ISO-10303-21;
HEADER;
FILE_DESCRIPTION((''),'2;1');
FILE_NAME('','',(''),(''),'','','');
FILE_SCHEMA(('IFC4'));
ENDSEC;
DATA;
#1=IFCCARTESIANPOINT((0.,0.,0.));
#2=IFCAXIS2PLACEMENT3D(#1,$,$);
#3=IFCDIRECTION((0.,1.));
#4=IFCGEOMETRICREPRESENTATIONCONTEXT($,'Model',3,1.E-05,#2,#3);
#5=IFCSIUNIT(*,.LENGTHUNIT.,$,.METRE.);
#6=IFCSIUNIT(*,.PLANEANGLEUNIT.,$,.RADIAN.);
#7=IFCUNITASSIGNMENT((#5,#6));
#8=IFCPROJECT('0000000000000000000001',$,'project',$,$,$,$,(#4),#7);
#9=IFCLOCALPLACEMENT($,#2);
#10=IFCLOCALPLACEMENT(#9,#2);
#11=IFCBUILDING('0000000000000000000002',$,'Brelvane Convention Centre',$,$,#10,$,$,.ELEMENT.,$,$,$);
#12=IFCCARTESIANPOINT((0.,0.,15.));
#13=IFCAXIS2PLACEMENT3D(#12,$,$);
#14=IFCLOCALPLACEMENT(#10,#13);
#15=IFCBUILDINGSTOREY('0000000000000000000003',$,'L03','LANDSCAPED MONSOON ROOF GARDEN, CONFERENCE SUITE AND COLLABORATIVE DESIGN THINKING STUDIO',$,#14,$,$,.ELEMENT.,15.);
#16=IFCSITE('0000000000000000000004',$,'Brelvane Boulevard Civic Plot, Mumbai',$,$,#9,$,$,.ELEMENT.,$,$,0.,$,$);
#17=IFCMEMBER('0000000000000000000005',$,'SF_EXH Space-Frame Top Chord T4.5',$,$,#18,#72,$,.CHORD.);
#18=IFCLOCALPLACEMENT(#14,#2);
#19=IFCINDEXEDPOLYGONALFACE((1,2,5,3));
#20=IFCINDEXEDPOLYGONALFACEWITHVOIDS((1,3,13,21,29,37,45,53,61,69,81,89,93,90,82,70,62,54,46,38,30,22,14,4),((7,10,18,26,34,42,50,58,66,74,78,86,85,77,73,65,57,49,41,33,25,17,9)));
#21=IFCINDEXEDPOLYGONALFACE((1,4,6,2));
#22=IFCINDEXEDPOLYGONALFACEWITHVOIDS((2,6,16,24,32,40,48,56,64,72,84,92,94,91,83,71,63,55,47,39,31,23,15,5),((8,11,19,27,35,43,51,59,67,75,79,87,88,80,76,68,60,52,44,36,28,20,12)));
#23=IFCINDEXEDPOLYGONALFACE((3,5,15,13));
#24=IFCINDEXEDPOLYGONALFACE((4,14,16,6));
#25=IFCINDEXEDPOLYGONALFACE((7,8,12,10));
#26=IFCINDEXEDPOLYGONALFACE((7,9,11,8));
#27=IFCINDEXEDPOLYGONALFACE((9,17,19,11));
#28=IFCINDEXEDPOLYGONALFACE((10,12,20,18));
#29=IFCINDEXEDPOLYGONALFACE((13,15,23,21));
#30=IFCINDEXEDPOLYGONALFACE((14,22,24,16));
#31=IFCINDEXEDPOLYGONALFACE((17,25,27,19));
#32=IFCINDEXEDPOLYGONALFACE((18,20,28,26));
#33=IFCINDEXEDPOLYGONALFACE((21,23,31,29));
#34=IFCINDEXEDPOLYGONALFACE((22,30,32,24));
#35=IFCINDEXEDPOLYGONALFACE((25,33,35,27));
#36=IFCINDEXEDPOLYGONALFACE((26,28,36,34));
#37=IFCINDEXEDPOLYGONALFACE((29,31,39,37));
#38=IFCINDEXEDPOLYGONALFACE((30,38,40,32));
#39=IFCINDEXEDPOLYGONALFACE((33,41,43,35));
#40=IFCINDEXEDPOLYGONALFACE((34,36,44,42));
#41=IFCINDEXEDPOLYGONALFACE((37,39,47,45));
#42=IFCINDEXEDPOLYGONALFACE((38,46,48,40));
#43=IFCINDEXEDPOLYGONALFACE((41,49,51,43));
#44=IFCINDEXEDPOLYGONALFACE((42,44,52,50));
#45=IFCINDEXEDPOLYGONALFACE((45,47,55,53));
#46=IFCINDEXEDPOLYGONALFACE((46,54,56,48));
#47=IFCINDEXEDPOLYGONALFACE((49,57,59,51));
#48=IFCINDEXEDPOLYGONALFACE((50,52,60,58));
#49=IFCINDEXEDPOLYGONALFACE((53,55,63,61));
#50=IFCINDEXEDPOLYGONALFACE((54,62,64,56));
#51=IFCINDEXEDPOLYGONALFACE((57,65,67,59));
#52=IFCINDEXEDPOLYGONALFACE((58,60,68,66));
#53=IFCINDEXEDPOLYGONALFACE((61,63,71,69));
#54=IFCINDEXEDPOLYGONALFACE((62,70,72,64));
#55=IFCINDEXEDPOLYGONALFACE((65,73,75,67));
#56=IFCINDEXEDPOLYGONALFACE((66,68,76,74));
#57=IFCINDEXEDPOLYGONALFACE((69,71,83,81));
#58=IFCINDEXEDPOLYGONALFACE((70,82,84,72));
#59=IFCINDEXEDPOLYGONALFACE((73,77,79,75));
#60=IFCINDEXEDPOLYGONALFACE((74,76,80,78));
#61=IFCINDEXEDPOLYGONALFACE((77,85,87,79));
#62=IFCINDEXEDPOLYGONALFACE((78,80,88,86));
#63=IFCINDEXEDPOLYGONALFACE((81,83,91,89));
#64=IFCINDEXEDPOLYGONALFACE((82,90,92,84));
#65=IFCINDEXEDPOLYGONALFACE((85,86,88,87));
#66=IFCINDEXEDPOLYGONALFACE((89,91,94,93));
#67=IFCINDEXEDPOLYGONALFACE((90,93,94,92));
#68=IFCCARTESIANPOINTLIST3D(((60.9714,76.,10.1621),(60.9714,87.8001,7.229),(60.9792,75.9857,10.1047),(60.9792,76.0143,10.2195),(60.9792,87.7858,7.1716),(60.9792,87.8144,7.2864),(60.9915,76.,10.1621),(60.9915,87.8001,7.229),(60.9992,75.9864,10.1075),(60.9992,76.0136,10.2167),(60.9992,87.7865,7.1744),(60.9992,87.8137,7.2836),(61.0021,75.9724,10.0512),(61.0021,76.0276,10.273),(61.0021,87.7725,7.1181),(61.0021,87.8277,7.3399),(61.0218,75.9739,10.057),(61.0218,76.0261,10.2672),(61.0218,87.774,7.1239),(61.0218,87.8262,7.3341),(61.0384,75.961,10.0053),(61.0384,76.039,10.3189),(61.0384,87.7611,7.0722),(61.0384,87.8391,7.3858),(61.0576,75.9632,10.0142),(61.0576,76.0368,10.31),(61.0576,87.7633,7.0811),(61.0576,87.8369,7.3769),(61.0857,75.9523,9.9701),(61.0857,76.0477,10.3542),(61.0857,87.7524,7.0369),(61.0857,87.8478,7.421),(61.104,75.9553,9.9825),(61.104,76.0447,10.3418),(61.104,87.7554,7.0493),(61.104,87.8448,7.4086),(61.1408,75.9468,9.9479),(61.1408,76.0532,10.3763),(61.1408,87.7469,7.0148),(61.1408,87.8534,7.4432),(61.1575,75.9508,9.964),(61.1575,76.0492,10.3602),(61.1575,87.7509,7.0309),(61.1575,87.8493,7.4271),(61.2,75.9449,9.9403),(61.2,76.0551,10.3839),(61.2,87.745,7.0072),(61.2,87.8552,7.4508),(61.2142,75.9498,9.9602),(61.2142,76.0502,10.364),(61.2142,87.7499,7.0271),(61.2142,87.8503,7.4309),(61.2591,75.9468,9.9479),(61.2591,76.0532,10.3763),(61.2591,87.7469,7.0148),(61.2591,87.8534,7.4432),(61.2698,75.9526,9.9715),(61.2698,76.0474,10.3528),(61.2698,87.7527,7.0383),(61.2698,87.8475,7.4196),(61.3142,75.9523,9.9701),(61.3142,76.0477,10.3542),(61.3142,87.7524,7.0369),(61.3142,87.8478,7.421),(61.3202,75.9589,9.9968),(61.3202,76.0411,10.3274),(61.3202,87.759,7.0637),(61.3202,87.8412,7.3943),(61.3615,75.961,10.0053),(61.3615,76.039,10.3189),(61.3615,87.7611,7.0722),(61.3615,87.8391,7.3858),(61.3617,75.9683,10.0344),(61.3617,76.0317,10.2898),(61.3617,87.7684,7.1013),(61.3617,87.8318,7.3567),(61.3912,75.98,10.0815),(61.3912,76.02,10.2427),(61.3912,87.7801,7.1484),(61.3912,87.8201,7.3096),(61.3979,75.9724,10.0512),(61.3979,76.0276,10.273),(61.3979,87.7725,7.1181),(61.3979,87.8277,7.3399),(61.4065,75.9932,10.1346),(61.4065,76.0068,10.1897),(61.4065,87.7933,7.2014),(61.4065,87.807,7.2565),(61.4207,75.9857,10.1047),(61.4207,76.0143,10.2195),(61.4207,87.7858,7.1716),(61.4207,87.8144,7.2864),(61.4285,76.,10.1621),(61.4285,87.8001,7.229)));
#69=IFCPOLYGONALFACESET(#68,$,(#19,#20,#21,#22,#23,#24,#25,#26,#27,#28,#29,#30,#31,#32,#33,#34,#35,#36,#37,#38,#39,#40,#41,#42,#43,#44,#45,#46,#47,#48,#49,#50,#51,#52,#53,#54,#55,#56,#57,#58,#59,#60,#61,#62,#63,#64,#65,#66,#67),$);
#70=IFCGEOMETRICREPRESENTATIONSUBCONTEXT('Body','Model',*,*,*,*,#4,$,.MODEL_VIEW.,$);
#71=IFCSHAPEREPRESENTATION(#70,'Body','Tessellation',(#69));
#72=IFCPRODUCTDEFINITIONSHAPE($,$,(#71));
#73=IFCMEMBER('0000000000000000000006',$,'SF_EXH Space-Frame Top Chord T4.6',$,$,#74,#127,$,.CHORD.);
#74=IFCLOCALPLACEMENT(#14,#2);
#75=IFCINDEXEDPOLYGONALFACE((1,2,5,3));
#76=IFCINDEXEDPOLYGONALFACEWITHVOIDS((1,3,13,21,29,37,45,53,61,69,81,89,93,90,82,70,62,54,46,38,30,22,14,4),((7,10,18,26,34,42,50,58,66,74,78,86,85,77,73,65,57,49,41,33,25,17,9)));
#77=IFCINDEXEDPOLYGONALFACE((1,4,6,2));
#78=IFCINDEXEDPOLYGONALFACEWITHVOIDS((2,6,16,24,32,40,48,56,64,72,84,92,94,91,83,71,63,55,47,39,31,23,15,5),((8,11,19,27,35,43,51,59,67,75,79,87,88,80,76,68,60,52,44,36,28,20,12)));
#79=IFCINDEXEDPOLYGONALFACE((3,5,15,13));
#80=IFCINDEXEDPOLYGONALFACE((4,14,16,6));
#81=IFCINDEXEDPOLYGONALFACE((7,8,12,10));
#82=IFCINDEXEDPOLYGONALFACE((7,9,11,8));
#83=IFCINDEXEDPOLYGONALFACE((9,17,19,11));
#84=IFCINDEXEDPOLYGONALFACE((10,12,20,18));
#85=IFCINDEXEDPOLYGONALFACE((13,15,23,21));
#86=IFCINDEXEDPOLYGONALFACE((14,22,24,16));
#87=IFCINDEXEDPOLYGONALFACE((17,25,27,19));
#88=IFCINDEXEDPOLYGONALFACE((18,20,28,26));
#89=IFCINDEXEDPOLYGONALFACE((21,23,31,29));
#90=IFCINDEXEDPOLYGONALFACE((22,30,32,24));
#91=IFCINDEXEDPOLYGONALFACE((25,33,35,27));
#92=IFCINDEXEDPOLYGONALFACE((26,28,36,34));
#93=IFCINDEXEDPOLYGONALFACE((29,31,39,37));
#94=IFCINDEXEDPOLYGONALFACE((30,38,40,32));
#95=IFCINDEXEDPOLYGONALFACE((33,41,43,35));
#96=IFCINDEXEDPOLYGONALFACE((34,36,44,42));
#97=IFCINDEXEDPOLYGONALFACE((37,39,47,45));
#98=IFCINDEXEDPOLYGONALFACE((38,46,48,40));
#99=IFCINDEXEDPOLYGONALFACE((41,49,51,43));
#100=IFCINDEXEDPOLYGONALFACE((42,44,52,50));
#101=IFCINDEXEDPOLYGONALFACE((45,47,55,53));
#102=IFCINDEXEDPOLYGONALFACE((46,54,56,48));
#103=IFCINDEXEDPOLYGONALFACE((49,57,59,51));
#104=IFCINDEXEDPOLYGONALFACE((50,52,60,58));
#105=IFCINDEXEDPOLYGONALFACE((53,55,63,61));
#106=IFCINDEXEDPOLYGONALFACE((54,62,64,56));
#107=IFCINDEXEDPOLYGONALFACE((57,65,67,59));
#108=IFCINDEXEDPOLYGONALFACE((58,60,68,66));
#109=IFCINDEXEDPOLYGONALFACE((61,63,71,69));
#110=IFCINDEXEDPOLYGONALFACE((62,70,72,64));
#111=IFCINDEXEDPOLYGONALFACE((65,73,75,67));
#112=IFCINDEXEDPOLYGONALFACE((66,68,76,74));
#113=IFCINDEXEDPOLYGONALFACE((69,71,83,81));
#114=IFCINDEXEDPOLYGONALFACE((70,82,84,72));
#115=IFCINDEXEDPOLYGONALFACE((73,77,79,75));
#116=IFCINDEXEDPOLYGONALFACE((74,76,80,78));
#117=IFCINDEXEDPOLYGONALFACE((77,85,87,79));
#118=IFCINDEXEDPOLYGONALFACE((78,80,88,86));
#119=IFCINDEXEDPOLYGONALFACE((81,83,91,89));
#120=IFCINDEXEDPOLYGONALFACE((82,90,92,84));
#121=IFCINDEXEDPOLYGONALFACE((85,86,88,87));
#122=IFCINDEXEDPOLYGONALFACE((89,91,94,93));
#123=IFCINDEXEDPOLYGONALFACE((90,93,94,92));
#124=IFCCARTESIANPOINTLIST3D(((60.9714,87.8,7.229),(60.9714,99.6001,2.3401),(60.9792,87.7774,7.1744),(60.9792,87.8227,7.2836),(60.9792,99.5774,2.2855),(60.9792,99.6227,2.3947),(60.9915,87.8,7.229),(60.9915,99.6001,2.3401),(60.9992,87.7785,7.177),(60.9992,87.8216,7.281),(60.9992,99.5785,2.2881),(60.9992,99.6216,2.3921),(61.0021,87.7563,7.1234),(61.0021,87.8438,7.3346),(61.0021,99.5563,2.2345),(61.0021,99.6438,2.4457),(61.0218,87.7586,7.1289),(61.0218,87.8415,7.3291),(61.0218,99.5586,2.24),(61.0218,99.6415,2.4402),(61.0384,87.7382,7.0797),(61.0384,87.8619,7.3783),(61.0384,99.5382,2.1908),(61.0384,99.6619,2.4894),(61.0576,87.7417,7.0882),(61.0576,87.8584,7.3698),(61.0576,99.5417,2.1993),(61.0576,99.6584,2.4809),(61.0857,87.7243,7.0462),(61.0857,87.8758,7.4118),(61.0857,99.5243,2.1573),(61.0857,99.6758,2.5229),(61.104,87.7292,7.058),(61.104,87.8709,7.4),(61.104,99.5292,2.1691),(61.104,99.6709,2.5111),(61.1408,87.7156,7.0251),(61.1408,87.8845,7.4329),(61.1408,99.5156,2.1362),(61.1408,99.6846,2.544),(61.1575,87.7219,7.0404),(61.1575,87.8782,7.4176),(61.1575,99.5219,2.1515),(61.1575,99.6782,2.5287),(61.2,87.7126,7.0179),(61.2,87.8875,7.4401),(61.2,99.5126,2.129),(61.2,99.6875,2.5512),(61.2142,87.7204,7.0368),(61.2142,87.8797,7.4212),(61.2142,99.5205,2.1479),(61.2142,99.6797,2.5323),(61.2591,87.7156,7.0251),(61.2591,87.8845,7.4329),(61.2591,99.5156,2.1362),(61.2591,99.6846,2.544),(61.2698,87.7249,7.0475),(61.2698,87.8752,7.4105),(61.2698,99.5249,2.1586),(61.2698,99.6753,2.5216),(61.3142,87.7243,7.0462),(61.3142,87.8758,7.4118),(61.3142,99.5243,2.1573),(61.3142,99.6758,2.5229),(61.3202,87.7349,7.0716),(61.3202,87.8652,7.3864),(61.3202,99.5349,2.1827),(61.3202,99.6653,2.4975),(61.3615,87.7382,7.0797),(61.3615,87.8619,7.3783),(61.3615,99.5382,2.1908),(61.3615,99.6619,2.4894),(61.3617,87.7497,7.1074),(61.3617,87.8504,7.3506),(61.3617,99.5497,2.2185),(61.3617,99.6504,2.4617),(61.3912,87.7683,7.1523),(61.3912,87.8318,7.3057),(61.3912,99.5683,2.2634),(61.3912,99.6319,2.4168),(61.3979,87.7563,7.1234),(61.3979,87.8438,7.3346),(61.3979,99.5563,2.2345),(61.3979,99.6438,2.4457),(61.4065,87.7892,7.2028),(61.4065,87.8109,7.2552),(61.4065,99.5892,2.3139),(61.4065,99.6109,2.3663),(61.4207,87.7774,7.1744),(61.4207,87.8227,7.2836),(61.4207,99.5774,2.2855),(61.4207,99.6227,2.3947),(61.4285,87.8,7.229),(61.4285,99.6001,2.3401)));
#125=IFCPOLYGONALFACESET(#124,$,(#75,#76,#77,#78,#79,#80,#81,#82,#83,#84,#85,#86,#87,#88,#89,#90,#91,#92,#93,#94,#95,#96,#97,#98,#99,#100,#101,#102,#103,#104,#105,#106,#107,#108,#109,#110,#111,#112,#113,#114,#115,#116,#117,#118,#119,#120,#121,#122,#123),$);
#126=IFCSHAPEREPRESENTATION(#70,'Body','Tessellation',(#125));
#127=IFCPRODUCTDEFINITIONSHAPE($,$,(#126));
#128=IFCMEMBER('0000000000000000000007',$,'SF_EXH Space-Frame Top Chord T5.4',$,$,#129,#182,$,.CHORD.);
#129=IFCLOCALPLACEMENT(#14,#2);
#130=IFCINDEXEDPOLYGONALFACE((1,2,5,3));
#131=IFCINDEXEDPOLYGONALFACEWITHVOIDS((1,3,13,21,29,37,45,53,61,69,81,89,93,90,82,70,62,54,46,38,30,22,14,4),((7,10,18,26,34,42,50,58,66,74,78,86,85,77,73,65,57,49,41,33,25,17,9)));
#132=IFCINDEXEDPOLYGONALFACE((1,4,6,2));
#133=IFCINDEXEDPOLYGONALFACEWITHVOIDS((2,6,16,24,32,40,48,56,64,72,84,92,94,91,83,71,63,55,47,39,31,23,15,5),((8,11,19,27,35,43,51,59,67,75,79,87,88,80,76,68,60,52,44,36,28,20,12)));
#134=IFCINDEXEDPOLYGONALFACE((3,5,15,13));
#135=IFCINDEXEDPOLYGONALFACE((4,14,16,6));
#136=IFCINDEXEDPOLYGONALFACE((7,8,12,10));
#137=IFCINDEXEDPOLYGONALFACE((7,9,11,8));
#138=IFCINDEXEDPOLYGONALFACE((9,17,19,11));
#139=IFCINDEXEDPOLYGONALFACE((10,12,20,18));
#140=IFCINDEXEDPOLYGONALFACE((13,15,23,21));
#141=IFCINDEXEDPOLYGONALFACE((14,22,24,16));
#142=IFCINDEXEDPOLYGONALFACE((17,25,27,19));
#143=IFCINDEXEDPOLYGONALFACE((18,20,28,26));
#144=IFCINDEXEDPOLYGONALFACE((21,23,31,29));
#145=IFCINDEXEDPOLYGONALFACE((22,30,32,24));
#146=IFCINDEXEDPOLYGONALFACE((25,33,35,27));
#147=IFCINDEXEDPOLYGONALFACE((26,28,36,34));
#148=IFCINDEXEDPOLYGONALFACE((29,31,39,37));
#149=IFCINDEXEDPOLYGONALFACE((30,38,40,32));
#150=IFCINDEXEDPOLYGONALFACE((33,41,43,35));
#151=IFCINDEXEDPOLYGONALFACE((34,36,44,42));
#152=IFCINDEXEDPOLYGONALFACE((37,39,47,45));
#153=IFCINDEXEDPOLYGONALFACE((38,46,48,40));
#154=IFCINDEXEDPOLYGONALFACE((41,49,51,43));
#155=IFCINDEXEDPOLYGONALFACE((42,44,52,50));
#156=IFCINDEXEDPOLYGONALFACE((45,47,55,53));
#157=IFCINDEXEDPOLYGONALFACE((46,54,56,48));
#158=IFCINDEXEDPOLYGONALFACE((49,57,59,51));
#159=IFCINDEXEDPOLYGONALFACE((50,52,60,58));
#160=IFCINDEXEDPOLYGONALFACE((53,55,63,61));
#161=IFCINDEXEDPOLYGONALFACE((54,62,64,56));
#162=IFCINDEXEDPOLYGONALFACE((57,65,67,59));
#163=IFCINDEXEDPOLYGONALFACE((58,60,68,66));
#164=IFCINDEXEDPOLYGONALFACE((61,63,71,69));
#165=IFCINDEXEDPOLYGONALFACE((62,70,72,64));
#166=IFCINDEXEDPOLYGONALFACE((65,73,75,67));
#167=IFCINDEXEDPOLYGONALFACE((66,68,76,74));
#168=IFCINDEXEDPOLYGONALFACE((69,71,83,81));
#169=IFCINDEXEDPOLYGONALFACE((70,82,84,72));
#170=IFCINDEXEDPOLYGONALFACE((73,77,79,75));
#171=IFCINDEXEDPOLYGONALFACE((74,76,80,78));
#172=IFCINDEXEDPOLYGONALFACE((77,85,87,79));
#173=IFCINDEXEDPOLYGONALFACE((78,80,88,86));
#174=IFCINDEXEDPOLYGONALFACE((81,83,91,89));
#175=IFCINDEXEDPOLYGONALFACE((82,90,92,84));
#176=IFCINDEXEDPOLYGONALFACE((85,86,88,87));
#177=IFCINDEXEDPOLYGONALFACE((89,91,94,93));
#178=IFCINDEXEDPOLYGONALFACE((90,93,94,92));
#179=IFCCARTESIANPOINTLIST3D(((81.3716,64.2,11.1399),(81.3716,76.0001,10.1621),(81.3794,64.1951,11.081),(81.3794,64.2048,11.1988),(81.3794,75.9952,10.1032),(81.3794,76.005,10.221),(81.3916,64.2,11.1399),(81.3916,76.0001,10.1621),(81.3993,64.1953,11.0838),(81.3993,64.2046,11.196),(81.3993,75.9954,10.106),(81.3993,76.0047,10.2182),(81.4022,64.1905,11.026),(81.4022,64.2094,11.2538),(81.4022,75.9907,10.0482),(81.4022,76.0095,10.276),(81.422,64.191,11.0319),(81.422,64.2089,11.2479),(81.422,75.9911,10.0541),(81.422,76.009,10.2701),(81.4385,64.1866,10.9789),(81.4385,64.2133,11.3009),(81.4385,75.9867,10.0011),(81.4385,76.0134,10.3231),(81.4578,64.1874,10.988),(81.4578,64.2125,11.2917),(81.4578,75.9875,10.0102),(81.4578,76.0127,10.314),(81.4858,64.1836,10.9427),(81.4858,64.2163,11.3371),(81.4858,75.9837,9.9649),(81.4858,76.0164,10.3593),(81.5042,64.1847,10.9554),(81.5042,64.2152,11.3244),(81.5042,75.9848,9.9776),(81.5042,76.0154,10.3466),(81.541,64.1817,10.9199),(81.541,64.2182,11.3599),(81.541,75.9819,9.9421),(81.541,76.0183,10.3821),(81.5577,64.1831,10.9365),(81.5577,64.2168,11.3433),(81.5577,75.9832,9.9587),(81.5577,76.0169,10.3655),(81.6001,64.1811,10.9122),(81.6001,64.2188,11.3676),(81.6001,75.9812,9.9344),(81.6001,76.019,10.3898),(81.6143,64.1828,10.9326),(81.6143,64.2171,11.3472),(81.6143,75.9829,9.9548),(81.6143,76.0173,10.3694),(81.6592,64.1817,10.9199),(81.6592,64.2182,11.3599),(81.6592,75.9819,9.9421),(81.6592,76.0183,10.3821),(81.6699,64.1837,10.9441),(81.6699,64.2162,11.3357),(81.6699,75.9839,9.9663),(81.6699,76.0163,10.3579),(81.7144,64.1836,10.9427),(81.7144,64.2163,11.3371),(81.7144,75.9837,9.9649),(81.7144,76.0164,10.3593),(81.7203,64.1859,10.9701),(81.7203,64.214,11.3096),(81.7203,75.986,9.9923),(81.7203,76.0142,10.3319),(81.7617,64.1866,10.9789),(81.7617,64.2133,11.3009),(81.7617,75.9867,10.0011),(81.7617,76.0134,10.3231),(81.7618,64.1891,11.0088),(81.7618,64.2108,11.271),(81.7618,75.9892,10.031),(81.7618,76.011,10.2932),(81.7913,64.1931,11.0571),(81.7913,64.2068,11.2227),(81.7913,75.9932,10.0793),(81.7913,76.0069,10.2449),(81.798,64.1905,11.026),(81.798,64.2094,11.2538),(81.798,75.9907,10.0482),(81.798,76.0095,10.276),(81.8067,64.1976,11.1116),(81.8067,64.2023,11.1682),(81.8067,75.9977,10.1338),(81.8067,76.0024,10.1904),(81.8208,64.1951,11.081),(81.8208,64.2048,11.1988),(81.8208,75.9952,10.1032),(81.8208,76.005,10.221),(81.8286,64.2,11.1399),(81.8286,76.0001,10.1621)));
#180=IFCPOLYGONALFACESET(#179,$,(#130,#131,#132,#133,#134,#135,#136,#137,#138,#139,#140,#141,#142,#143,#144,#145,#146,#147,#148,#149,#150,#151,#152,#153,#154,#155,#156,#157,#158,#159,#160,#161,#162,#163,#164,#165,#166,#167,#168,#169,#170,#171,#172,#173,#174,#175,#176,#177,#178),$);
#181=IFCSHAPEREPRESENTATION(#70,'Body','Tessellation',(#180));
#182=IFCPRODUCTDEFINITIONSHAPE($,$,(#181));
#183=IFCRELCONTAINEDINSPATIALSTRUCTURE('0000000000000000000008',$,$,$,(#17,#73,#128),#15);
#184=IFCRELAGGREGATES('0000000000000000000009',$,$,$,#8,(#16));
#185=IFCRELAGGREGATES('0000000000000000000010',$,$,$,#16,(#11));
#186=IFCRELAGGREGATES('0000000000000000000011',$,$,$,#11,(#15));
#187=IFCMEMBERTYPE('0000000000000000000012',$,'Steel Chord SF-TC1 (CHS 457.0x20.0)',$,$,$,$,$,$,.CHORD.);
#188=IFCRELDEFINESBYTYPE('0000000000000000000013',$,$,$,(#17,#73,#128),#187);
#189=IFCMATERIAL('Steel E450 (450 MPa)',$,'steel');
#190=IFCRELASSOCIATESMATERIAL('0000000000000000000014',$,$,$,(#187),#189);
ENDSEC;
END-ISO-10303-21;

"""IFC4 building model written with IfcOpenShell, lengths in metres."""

from ifc_helpers import new_model, si_unit, direction, frame, origin, origin_2d, place, context, subcontext, project, spatial, hollow_circle, extrude, material, material_profile, profile_set, type_object, element, save


model = new_model("IFC4")

# Units and contexts
model_context = context("Model", 3, precision=1e-05, world=origin(), true_north=direction((0.0, 1.0)))
body_context = subcontext(model_context, "Body", "Model", "MODEL_VIEW")
ifc_project = project(units=[si_unit("LENGTHUNIT", "METRE"), si_unit("PLANEANGLEUNIT", "RADIAN")], contexts=[model_context])

# Site, building, storey
site_placement = place(None, origin())
site = spatial("IfcSite", under=ifc_project, at=site_placement, Name="Brelvane Boulevard Civic Plot, Mumbai", CompositionType="ELEMENT", RefElevation=0.0)
building_placement = place(site_placement, origin())
building = spatial("IfcBuilding", under=site, at=building_placement, Name="Brelvane Convention Centre", CompositionType="ELEMENT")
storey_placement = place(building_placement, frame((0.0, 0.0, 15.0)))
storey = spatial("IfcBuildingStorey", under=building, at=storey_placement, Name="L03", Description="LANDSCAPED MONSOON ROOF GARDEN, CONFERENCE SUITE AND COLLABORATIVE DESIGN THINKING STUDIO", CompositionType="ELEMENT", Elevation=15.0)

# Members
ifc_material_1 = material(Name="Steel E450 (450 MPa)", Category="steel")
ifc_material_profile_1 = material_profile(ifc_material_1, hollow_circle(Radius=0.2285, WallThickness=0.02, at=origin_2d()), Name="CHS 457.0x20.0")
ifc_profile_set_1 = profile_set([ifc_material_profile_1], Name="Steel E450 (450 MPa)")
member_type_1 = type_object("IfcMemberType", Name="Steel Chord SF-TC1 (CHS 457.0x20.0)", PredefinedType="CHORD", material=ifc_profile_set_1)
member_1_placement = place(storey_placement, frame((61.2, 76.0, 10.1621), z_axis=(0.0, 0.970469, -0.241227), x_axis=(-1.0, 0.0, 0.0)))
element("IfcMember", 1, at=member_1_placement, inside=storey, type_object=member_type_1, Name="SF_EXH Space-Frame Top Chord T4.5", PredefinedType="CHORD", context=body_context, shape_type="SweptSolid", body=[
    extrude(hollow_circle(Radius=0.2285, WallThickness=0.02, at=origin_2d()), origin(), (0.0, 0.0, 1.0), 12.1592),
])
member_2_placement = place(storey_placement, frame((61.2, 87.8, 7.229), z_axis=(0.0, 0.923847, -0.382762), x_axis=(-1.0, 0.0, 0.0)))
element("IfcMember", 2, at=member_2_placement, inside=storey, type_object=member_type_1, Name="SF_EXH Space-Frame Top Chord T4.6", PredefinedType="CHORD", context=body_context, shape_type="SweptSolid", body=[
    extrude(hollow_circle(Radius=0.2285, WallThickness=0.02, at=origin_2d()), origin(), (0.0, 0.0, 1.0), 12.7727),
])
member_3_placement = place(storey_placement, frame((81.6001, 64.2, 11.1399), z_axis=(0.0, 0.996584, -0.08258), x_axis=(-1.0, 0.0, 0.0)))
element("IfcMember", 3, at=member_3_placement, inside=storey, type_object=member_type_1, Name="SF_EXH Space-Frame Top Chord T5.4", PredefinedType="CHORD", context=body_context, shape_type="SweptSolid", body=[
    extrude(hollow_circle(Radius=0.2285, WallThickness=0.02, at=origin_2d()), origin(), (0.0, 0.0, 1.0), 11.8406),
])

save(model, "model.ifc")
